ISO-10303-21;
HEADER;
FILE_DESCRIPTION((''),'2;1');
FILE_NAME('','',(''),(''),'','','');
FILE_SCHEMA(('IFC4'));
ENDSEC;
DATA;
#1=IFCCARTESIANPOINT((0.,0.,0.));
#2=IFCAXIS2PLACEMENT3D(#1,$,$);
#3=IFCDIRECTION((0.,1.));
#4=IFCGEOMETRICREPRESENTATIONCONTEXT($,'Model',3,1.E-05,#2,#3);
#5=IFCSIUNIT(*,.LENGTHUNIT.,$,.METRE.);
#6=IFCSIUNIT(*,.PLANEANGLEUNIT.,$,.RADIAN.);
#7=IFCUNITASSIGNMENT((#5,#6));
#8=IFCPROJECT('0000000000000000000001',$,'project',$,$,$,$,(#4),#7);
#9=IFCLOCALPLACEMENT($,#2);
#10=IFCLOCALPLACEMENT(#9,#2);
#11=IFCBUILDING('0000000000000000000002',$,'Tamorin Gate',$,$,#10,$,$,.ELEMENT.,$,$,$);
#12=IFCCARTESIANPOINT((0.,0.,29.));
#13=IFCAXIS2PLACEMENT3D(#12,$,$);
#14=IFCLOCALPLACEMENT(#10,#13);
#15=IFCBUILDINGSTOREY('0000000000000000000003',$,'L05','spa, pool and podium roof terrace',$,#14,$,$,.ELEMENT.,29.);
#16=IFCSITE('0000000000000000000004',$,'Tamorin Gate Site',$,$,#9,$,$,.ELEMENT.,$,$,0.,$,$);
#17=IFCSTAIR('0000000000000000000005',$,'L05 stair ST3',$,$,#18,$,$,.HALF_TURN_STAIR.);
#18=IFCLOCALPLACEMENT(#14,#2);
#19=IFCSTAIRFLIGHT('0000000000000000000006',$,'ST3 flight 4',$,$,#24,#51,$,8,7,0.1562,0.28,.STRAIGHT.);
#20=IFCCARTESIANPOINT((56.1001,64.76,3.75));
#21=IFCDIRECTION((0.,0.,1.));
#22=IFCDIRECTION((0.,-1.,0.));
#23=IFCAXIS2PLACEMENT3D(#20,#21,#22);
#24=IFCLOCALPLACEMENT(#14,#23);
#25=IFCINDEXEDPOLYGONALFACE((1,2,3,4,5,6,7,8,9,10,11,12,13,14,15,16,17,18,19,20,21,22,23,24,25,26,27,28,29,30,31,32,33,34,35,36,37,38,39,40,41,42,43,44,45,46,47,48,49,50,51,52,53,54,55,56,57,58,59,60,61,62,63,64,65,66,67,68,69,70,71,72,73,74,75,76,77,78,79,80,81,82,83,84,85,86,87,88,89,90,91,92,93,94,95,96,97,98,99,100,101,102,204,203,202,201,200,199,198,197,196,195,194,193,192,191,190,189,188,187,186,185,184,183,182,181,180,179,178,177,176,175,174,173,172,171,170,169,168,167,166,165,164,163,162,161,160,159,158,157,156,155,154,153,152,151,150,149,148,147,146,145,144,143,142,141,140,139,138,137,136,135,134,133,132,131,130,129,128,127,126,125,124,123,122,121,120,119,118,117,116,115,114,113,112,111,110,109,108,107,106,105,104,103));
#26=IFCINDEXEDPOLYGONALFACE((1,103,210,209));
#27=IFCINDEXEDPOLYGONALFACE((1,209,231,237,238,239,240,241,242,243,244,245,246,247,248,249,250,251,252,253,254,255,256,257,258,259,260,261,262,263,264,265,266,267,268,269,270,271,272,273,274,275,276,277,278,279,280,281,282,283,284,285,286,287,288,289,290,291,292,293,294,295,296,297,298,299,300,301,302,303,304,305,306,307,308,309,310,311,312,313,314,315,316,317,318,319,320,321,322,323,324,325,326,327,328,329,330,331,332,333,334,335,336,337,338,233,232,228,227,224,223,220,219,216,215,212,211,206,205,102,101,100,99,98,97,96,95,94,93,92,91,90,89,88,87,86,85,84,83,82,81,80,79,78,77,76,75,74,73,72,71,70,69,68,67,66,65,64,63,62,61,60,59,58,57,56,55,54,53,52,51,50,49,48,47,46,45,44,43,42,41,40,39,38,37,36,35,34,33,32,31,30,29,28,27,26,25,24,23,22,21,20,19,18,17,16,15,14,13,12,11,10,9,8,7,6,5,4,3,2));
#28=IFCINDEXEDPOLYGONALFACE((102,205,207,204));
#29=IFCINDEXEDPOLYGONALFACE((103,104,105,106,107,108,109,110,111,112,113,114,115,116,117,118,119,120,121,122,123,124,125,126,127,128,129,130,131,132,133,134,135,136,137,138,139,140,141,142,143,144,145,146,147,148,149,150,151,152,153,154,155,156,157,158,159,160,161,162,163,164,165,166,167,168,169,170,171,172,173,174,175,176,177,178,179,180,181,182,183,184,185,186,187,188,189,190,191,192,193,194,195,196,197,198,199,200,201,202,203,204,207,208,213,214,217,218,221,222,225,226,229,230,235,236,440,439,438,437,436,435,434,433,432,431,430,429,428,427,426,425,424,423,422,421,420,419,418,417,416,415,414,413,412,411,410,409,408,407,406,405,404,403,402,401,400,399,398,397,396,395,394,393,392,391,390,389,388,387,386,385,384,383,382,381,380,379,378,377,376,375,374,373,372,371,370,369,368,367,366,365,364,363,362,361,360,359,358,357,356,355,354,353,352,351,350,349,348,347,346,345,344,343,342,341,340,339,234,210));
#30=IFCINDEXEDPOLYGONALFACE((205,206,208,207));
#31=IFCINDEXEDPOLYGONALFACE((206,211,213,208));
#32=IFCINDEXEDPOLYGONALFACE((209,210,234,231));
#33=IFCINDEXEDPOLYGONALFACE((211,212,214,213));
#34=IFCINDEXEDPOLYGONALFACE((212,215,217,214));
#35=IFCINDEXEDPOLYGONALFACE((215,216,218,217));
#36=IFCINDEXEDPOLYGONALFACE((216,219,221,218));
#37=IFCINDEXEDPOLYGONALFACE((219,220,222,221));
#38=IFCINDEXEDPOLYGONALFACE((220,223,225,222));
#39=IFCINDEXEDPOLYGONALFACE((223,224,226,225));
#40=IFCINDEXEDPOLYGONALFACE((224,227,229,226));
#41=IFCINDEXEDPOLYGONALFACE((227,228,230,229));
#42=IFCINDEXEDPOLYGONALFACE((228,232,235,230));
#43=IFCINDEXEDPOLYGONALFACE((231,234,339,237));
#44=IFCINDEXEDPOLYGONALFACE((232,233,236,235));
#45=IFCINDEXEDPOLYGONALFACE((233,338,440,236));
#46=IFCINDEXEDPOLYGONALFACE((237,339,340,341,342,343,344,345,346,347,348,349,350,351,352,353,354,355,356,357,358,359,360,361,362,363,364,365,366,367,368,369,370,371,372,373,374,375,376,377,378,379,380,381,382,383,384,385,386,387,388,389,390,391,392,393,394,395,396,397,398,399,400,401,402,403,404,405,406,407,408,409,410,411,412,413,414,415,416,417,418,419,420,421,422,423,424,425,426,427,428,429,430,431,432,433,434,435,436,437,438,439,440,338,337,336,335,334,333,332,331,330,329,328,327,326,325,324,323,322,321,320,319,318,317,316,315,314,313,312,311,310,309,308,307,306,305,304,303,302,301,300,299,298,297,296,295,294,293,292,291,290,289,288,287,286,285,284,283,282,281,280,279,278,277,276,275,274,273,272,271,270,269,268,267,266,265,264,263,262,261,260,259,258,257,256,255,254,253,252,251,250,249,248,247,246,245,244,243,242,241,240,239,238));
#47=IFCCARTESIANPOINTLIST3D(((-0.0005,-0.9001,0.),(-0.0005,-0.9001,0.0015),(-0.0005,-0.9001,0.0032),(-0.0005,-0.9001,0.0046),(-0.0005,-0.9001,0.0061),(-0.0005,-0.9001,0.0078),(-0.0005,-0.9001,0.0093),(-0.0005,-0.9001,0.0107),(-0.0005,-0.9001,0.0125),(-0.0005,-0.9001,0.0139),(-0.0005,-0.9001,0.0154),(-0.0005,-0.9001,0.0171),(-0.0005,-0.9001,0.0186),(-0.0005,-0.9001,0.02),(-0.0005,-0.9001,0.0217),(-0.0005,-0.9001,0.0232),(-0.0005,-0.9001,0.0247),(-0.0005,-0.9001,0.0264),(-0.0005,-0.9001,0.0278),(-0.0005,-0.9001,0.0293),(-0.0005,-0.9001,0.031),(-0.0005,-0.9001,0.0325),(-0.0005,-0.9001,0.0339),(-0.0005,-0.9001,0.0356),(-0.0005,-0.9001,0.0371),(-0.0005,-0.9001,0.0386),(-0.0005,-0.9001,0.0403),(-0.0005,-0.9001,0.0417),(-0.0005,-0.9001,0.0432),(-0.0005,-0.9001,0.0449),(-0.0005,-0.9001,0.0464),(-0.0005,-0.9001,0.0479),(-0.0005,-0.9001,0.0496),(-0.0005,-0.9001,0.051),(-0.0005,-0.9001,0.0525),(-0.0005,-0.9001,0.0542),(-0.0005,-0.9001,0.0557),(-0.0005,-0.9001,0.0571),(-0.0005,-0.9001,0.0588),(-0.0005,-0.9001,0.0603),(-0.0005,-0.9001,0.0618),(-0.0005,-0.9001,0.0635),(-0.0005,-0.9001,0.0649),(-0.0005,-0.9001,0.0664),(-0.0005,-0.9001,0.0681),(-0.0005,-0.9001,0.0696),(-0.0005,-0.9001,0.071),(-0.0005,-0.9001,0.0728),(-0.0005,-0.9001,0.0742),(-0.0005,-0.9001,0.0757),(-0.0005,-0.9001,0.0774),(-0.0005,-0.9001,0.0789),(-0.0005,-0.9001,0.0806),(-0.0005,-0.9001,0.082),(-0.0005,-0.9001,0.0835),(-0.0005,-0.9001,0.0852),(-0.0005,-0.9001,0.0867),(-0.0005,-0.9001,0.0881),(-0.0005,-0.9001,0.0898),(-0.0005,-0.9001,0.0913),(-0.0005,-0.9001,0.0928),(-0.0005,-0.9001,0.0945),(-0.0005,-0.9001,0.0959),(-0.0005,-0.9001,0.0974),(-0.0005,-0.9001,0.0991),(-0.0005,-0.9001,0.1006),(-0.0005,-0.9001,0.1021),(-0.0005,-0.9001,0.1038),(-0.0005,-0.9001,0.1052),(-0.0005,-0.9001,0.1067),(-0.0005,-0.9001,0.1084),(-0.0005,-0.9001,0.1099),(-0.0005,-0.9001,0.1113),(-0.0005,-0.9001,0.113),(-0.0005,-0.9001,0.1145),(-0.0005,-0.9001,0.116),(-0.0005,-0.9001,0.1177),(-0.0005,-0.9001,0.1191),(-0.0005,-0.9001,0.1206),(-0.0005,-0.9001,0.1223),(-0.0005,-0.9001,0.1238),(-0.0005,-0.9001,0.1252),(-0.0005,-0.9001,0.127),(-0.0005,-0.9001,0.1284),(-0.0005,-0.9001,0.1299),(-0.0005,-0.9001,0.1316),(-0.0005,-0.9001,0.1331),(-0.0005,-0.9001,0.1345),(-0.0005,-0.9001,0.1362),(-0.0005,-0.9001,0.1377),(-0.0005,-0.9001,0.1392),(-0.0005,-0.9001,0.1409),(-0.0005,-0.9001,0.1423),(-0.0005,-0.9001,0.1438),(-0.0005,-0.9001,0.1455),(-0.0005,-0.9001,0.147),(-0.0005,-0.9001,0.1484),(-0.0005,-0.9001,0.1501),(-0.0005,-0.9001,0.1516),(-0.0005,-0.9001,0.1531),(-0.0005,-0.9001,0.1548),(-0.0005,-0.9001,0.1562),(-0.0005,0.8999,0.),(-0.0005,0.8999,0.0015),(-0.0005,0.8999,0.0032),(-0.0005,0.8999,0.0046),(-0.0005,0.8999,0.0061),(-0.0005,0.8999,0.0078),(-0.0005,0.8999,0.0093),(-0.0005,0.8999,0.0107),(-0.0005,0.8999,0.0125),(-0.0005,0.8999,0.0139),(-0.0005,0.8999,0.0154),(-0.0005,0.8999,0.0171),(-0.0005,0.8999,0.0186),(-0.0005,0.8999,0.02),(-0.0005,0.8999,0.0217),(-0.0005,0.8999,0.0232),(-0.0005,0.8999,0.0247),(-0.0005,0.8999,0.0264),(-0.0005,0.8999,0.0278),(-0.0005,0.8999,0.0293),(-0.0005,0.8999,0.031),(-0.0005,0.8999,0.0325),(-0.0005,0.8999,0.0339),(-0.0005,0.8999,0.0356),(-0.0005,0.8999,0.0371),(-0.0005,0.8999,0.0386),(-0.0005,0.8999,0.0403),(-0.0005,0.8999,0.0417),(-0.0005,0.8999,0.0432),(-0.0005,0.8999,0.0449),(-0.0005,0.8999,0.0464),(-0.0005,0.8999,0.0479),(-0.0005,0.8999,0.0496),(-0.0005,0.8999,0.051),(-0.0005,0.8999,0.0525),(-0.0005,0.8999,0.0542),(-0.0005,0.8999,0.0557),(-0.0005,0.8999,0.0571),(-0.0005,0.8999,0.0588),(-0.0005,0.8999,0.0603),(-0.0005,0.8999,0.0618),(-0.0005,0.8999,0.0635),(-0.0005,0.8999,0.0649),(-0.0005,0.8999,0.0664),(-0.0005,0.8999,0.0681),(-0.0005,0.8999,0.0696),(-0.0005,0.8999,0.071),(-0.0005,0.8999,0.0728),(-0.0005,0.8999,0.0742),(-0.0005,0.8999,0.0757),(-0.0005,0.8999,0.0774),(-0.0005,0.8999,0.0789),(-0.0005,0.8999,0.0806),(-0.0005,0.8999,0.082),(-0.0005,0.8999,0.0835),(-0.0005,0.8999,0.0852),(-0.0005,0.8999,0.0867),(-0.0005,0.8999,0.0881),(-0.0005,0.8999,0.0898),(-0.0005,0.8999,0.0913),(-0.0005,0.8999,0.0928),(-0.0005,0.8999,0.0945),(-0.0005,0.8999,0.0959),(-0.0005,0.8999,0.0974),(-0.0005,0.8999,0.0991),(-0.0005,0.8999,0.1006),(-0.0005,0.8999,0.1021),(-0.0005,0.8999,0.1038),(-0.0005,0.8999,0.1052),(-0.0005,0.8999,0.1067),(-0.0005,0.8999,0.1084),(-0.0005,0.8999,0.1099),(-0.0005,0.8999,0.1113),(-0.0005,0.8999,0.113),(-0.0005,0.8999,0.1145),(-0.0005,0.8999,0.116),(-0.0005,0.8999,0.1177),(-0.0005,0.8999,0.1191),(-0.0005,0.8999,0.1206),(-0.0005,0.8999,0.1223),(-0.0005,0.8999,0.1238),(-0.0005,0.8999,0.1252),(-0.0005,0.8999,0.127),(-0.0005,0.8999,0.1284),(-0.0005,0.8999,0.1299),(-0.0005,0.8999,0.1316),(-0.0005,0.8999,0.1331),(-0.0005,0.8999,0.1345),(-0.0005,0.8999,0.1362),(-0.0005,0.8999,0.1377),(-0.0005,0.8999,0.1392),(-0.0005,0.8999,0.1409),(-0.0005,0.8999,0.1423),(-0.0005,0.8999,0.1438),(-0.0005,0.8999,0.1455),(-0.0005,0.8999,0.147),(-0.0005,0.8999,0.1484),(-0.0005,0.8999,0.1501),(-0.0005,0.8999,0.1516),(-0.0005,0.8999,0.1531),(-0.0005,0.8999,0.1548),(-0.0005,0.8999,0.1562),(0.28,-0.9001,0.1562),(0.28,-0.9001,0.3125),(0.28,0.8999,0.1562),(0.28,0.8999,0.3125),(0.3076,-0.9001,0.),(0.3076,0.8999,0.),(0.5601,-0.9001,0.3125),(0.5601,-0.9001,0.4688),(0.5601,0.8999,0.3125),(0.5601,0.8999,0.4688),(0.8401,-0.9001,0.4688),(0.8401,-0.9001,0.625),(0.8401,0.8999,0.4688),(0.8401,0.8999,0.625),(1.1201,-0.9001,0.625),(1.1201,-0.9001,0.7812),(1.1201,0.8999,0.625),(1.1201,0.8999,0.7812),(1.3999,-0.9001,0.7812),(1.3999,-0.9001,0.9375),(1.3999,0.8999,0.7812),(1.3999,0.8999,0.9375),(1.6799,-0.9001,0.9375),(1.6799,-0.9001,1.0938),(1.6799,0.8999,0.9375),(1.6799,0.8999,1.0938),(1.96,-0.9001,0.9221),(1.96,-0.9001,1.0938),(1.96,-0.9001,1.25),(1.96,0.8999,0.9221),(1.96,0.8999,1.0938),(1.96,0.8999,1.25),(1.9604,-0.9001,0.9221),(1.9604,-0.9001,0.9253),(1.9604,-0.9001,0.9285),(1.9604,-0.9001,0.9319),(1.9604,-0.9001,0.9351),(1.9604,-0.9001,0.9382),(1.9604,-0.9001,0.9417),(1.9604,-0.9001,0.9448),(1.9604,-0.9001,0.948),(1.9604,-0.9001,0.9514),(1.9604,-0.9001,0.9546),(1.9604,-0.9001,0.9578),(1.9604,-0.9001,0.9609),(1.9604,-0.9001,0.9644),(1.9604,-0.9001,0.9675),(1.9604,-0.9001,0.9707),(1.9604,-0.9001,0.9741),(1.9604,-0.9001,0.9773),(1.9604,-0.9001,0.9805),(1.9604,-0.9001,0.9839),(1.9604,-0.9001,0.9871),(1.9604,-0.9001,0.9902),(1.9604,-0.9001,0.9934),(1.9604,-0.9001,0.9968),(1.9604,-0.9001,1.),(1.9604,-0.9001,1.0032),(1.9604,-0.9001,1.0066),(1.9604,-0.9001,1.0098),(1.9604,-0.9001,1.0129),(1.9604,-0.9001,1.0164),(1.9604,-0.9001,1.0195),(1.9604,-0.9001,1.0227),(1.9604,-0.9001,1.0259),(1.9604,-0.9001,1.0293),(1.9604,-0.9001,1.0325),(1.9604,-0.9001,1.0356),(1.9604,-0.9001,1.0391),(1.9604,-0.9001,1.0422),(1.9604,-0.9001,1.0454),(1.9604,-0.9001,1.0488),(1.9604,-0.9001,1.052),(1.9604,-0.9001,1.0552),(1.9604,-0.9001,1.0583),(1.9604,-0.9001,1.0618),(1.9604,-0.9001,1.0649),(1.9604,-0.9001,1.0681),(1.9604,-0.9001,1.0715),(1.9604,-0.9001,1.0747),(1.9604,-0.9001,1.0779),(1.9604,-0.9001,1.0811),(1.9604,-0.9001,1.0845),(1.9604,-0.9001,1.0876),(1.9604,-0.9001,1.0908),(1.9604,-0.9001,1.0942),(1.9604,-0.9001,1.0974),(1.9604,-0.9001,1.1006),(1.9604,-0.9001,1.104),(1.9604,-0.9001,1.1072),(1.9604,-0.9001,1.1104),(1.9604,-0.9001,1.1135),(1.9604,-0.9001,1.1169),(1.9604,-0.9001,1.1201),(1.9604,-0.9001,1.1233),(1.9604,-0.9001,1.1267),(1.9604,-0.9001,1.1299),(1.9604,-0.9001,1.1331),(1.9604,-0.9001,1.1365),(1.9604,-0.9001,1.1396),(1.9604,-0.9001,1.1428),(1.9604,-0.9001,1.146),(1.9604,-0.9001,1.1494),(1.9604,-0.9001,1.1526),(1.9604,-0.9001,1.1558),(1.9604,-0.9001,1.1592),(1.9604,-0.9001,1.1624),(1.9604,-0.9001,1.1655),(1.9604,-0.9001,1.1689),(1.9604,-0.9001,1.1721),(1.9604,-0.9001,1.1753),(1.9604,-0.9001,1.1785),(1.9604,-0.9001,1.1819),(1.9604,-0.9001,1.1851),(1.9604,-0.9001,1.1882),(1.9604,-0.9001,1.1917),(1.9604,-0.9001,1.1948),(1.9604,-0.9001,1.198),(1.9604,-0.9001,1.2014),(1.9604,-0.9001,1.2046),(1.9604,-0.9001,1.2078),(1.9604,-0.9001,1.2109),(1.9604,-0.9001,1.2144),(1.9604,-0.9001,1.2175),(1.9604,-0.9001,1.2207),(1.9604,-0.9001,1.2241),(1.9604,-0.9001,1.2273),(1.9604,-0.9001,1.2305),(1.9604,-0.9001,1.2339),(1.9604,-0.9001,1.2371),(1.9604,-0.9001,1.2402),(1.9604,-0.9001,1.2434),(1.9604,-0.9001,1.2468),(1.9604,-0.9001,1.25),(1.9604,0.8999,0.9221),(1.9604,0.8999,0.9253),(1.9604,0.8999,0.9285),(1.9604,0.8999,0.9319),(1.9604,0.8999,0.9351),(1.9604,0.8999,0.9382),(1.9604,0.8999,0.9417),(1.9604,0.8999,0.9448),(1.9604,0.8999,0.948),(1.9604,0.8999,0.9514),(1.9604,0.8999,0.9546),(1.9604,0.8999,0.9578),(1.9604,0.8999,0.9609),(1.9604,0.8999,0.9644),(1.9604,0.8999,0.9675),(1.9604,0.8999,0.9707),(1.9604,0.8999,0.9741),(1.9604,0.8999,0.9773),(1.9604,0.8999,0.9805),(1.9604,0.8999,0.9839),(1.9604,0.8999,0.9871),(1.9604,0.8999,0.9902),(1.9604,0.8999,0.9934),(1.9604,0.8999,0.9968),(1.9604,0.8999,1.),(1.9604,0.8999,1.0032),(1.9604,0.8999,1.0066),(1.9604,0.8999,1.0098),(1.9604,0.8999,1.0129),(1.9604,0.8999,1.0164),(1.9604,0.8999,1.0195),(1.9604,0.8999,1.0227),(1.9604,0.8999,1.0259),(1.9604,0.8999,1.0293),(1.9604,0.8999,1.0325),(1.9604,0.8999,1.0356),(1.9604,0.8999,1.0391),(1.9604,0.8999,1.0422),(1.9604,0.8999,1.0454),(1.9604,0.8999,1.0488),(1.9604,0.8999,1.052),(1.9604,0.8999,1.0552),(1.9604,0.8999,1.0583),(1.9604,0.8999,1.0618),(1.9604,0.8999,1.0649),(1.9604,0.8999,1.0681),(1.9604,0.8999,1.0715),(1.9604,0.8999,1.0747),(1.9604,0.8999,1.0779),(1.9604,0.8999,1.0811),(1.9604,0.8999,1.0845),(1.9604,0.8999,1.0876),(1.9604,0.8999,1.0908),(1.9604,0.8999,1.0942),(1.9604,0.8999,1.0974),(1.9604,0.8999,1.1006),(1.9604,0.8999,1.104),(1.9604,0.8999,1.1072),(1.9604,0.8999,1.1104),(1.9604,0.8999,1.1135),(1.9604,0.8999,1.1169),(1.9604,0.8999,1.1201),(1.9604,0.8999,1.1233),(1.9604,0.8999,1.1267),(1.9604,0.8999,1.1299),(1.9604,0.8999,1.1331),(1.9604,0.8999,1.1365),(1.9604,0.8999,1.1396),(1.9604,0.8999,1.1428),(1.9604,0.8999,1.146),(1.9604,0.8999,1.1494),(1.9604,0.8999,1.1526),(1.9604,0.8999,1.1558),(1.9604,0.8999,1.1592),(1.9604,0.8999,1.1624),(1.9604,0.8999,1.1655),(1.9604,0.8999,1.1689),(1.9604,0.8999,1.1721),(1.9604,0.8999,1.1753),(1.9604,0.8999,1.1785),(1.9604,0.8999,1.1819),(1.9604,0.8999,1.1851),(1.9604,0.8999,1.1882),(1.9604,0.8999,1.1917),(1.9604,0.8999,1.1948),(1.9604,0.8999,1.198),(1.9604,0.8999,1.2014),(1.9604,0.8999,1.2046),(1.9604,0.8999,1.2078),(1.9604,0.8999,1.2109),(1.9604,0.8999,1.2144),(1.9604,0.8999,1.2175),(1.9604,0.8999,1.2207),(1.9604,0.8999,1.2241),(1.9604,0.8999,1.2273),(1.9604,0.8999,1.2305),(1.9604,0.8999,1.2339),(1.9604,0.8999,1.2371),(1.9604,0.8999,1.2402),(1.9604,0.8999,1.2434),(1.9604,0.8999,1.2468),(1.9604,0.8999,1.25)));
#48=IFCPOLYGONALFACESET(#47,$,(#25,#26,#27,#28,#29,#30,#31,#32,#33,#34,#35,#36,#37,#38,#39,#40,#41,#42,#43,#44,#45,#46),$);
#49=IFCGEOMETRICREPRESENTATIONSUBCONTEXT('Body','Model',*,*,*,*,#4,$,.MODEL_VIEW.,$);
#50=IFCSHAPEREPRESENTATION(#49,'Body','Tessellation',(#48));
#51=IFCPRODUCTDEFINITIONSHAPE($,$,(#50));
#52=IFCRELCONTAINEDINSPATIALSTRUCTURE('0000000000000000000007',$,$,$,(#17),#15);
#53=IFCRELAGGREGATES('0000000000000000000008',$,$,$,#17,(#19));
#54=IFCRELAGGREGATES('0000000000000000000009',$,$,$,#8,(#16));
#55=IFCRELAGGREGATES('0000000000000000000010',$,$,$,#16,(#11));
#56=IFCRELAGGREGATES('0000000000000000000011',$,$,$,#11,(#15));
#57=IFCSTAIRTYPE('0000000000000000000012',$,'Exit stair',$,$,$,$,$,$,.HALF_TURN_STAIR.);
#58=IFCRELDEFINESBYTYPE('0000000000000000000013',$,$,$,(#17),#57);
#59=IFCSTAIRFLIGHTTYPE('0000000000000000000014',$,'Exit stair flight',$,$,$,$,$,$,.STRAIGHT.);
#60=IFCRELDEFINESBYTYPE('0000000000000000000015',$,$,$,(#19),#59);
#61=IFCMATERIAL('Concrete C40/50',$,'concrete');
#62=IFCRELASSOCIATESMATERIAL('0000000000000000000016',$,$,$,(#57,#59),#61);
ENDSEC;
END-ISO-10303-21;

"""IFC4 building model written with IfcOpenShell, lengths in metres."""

from ifc_helpers import new_model, si_unit, direction, frame, origin, place, context, subcontext, project, spatial, polyline, outline, extrude, material, type_object, element, aggregate, save


model = new_model("IFC4")

# Units and contexts
model_context = context("Model", 3, precision=1e-05, world=origin(), true_north=direction((0.0, 1.0)))
body_context = subcontext(model_context, "Body", "Model", "MODEL_VIEW")
ifc_project = project(units=[si_unit("LENGTHUNIT", "METRE"), si_unit("PLANEANGLEUNIT", "RADIAN")], contexts=[model_context])

# Site, building, storey
site_placement = place(None, origin())
site = spatial("IfcSite", under=ifc_project, at=site_placement, Name="Tamorin Gate Site", CompositionType="ELEMENT", RefElevation=0.0)
building_placement = place(site_placement, origin())
building = spatial("IfcBuilding", under=site, at=building_placement, Name="Tamorin Gate", CompositionType="ELEMENT")
storey_placement = place(building_placement, frame((0.0, 0.0, 29.0)))
storey = spatial("IfcBuildingStorey", under=building, at=storey_placement, Name="L05", Description="spa, pool and podium roof terrace", CompositionType="ELEMENT", Elevation=29.0)

# Stair, stair flight
ifc_material_1 = material(Name="Concrete C40/50", Category="concrete")
stair_type = type_object("IfcStairType", Name="Exit stair", PredefinedType="HALF_TURN_STAIR", material=ifc_material_1)
stair_placement = place(storey_placement, origin())
stair = element("IfcStair", 1, at=stair_placement, inside=storey, type_object=stair_type, Name="L05 stair ST3", PredefinedType="HALF_TURN_STAIR")
stair_flight_type = type_object("IfcStairFlightType", Name="Exit stair flight", PredefinedType="STRAIGHT", material=ifc_material_1)
stair_flight_1_placement = place(storey_placement, frame((56.1001, 64.76, 3.75), z_axis=(0.0, 0.0, 1.0), x_axis=(0.0, -1.0, 0.0)))
stair_flight_1 = element("IfcStairFlight", 2, at=stair_flight_1_placement, type_object=stair_flight_type, Name="ST3 flight 4", NumberOfRisers=8, NumberOfTreads=7, PredefinedType="STRAIGHT", RiserHeight=0.1562, TreadLength=0.28, context=body_context, shape_type="SweptSolid", body=[
    extrude(outline(polyline([(-0.0005, 0.0), (-0.0005, 0.0015), (-0.0005, 0.0032), (-0.0005, 0.0046), (-0.0005, 0.0061), (-0.0005, 0.0078), (-0.0005, 0.0093), (-0.0005, 0.0107), (-0.0005, 0.0125), (-0.0005, 0.0139), (-0.0005, 0.0154), (-0.0005, 0.0171), (-0.0005, 0.0186), (-0.0005, 0.02), (-0.0005, 0.0217), (-0.0005, 0.0232), (-0.0005, 0.0247), (-0.0005, 0.0264), (-0.0005, 0.0278), (-0.0005, 0.0293), (-0.0005, 0.031), (-0.0005, 0.0325), (-0.0005, 0.0339), (-0.0005, 0.0356), (-0.0005, 0.0371), (-0.0005, 0.0386), (-0.0005, 0.0403), (-0.0005, 0.0417), (-0.0005, 0.0432), (-0.0005, 0.0449), (-0.0005, 0.0464), (-0.0005, 0.0479), (-0.0005, 0.0496), (-0.0005, 0.051), (-0.0005, 0.0525), (-0.0005, 0.0542), (-0.0005, 0.0557), (-0.0005, 0.0571), (-0.0005, 0.0588), (-0.0005, 0.0603), (-0.0005, 0.0618), (-0.0005, 0.0635), (-0.0005, 0.0649), (-0.0005, 0.0664), (-0.0005, 0.0681), (-0.0005, 0.0696), (-0.0005, 0.071), (-0.0005, 0.0728), (-0.0005, 0.0742), (-0.0005, 0.0757), (-0.0005, 0.0774), (-0.0005, 0.0789), (-0.0005, 0.0806), (-0.0005, 0.082), (-0.0005, 0.0835), (-0.0005, 0.0852), (-0.0005, 0.0867), (-0.0005, 0.0881), (-0.0005, 0.0898), (-0.0005, 0.0913), (-0.0005, 0.0928), (-0.0005, 0.0945), (-0.0005, 0.0959), (-0.0005, 0.0974), (-0.0005, 0.0991), (-0.0005, 0.1006), (-0.0005, 0.1021), (-0.0005, 0.1038), (-0.0005, 0.1052), (-0.0005, 0.1067), (-0.0005, 0.1084), (-0.0005, 0.1099), (-0.0005, 0.1113), (-0.0005, 0.113), (-0.0005, 0.1145), (-0.0005, 0.116), (-0.0005, 0.1177), (-0.0005, 0.1191), (-0.0005, 0.1206), (-0.0005, 0.1223), (-0.0005, 0.1238), (-0.0005, 0.1252), (-0.0005, 0.127), (-0.0005, 0.1284), (-0.0005, 0.1299), (-0.0005, 0.1316), (-0.0005, 0.1331), (-0.0005, 0.1345), (-0.0005, 0.1362), (-0.0005, 0.1377), (-0.0005, 0.1392), (-0.0005, 0.1409), (-0.0005, 0.1423), (-0.0005, 0.1438), (-0.0005, 0.1455), (-0.0005, 0.147), (-0.0005, 0.1484), (-0.0005, 0.1501), (-0.0005, 0.1516), (-0.0005, 0.1531), (-0.0005, 0.1548), (-0.0005, 0.1562), (0.28, 0.1562), (0.28, 0.3125), (0.5601, 0.3125), (0.5601, 0.4688), (0.8401, 0.4688), (0.8401, 0.625), (1.1201, 0.625), (1.1201, 0.7812), (1.3999, 0.7812), (1.3999, 0.9375), (1.6799, 0.9375), (1.6799, 1.0938), (1.96, 1.0938), (1.96, 1.25), (1.9604, 1.25), (1.9604, 1.2468), (1.9604, 1.2434), (1.9604, 1.2402), (1.9604, 1.2371), (1.9604, 1.2339), (1.9604, 1.2305), (1.9604, 1.2273), (1.9604, 1.2241), (1.9604, 1.2207), (1.9604, 1.2175), (1.9604, 1.2144), (1.9604, 1.2109), (1.9604, 1.2078), (1.9604, 1.2046), (1.9604, 1.2014), (1.9604, 1.198), (1.9604, 1.1948), (1.9604, 1.1917), (1.9604, 1.1882), (1.9604, 1.1851), (1.9604, 1.1819), (1.9604, 1.1785), (1.9604, 1.1753), (1.9604, 1.1721), (1.9604, 1.1689), (1.9604, 1.1655), (1.9604, 1.1624), (1.9604, 1.1592), (1.9604, 1.1558), (1.9604, 1.1526), (1.9604, 1.1494), (1.9604, 1.146), (1.9604, 1.1428), (1.9604, 1.1396), (1.9604, 1.1365), (1.9604, 1.1331), (1.9604, 1.1299), (1.9604, 1.1267), (1.9604, 1.1233), (1.9604, 1.1201), (1.9604, 1.1169), (1.9604, 1.1135), (1.9604, 1.1104), (1.9604, 1.1072), (1.9604, 1.104), (1.9604, 1.1006), (1.9604, 1.0974), (1.9604, 1.0942), (1.9604, 1.0908), (1.9604, 1.0876), (1.9604, 1.0845), (1.9604, 1.0811), (1.9604, 1.0779), (1.9604, 1.0747), (1.9604, 1.0715), (1.9604, 1.0681), (1.9604, 1.0649), (1.9604, 1.0618), (1.9604, 1.0583), (1.9604, 1.0552), (1.9604, 1.052), (1.9604, 1.0488), (1.9604, 1.0454), (1.9604, 1.0422), (1.9604, 1.0391), (1.9604, 1.0356), (1.9604, 1.0325), (1.9604, 1.0293), (1.9604, 1.0259), (1.9604, 1.0227), (1.9604, 1.0195), (1.9604, 1.0164), (1.9604, 1.0129), (1.9604, 1.0098), (1.9604, 1.0066), (1.9604, 1.0032), (1.9604, 1.0), (1.9604, 0.9968), (1.9604, 0.9934), (1.9604, 0.9902), (1.9604, 0.9871), (1.9604, 0.9839), (1.9604, 0.9805), (1.9604, 0.9773), (1.9604, 0.9741), (1.9604, 0.9707), (1.9604, 0.9675), (1.9604, 0.9644), (1.9604, 0.9609), (1.9604, 0.9578), (1.9604, 0.9546), (1.9604, 0.9514), (1.9604, 0.948), (1.9604, 0.9448), (1.9604, 0.9417), (1.9604, 0.9382), (1.9604, 0.9351), (1.9604, 0.9319), (1.9604, 0.9285), (1.9604, 0.9253), (1.9604, 0.9221), (1.96, 0.9221), (0.3076, 0.0), (-0.0005, 0.0)])), frame((0.0, 0.8999, 0.0), z_axis=(0.0, -1.0, 0.0), x_axis=(1.0, 0.0, 0.0)), (0.0, 0.0, 1.0), 1.8),
])
aggregate(stair, [stair_flight_1])

save(model, "model.ifc")
